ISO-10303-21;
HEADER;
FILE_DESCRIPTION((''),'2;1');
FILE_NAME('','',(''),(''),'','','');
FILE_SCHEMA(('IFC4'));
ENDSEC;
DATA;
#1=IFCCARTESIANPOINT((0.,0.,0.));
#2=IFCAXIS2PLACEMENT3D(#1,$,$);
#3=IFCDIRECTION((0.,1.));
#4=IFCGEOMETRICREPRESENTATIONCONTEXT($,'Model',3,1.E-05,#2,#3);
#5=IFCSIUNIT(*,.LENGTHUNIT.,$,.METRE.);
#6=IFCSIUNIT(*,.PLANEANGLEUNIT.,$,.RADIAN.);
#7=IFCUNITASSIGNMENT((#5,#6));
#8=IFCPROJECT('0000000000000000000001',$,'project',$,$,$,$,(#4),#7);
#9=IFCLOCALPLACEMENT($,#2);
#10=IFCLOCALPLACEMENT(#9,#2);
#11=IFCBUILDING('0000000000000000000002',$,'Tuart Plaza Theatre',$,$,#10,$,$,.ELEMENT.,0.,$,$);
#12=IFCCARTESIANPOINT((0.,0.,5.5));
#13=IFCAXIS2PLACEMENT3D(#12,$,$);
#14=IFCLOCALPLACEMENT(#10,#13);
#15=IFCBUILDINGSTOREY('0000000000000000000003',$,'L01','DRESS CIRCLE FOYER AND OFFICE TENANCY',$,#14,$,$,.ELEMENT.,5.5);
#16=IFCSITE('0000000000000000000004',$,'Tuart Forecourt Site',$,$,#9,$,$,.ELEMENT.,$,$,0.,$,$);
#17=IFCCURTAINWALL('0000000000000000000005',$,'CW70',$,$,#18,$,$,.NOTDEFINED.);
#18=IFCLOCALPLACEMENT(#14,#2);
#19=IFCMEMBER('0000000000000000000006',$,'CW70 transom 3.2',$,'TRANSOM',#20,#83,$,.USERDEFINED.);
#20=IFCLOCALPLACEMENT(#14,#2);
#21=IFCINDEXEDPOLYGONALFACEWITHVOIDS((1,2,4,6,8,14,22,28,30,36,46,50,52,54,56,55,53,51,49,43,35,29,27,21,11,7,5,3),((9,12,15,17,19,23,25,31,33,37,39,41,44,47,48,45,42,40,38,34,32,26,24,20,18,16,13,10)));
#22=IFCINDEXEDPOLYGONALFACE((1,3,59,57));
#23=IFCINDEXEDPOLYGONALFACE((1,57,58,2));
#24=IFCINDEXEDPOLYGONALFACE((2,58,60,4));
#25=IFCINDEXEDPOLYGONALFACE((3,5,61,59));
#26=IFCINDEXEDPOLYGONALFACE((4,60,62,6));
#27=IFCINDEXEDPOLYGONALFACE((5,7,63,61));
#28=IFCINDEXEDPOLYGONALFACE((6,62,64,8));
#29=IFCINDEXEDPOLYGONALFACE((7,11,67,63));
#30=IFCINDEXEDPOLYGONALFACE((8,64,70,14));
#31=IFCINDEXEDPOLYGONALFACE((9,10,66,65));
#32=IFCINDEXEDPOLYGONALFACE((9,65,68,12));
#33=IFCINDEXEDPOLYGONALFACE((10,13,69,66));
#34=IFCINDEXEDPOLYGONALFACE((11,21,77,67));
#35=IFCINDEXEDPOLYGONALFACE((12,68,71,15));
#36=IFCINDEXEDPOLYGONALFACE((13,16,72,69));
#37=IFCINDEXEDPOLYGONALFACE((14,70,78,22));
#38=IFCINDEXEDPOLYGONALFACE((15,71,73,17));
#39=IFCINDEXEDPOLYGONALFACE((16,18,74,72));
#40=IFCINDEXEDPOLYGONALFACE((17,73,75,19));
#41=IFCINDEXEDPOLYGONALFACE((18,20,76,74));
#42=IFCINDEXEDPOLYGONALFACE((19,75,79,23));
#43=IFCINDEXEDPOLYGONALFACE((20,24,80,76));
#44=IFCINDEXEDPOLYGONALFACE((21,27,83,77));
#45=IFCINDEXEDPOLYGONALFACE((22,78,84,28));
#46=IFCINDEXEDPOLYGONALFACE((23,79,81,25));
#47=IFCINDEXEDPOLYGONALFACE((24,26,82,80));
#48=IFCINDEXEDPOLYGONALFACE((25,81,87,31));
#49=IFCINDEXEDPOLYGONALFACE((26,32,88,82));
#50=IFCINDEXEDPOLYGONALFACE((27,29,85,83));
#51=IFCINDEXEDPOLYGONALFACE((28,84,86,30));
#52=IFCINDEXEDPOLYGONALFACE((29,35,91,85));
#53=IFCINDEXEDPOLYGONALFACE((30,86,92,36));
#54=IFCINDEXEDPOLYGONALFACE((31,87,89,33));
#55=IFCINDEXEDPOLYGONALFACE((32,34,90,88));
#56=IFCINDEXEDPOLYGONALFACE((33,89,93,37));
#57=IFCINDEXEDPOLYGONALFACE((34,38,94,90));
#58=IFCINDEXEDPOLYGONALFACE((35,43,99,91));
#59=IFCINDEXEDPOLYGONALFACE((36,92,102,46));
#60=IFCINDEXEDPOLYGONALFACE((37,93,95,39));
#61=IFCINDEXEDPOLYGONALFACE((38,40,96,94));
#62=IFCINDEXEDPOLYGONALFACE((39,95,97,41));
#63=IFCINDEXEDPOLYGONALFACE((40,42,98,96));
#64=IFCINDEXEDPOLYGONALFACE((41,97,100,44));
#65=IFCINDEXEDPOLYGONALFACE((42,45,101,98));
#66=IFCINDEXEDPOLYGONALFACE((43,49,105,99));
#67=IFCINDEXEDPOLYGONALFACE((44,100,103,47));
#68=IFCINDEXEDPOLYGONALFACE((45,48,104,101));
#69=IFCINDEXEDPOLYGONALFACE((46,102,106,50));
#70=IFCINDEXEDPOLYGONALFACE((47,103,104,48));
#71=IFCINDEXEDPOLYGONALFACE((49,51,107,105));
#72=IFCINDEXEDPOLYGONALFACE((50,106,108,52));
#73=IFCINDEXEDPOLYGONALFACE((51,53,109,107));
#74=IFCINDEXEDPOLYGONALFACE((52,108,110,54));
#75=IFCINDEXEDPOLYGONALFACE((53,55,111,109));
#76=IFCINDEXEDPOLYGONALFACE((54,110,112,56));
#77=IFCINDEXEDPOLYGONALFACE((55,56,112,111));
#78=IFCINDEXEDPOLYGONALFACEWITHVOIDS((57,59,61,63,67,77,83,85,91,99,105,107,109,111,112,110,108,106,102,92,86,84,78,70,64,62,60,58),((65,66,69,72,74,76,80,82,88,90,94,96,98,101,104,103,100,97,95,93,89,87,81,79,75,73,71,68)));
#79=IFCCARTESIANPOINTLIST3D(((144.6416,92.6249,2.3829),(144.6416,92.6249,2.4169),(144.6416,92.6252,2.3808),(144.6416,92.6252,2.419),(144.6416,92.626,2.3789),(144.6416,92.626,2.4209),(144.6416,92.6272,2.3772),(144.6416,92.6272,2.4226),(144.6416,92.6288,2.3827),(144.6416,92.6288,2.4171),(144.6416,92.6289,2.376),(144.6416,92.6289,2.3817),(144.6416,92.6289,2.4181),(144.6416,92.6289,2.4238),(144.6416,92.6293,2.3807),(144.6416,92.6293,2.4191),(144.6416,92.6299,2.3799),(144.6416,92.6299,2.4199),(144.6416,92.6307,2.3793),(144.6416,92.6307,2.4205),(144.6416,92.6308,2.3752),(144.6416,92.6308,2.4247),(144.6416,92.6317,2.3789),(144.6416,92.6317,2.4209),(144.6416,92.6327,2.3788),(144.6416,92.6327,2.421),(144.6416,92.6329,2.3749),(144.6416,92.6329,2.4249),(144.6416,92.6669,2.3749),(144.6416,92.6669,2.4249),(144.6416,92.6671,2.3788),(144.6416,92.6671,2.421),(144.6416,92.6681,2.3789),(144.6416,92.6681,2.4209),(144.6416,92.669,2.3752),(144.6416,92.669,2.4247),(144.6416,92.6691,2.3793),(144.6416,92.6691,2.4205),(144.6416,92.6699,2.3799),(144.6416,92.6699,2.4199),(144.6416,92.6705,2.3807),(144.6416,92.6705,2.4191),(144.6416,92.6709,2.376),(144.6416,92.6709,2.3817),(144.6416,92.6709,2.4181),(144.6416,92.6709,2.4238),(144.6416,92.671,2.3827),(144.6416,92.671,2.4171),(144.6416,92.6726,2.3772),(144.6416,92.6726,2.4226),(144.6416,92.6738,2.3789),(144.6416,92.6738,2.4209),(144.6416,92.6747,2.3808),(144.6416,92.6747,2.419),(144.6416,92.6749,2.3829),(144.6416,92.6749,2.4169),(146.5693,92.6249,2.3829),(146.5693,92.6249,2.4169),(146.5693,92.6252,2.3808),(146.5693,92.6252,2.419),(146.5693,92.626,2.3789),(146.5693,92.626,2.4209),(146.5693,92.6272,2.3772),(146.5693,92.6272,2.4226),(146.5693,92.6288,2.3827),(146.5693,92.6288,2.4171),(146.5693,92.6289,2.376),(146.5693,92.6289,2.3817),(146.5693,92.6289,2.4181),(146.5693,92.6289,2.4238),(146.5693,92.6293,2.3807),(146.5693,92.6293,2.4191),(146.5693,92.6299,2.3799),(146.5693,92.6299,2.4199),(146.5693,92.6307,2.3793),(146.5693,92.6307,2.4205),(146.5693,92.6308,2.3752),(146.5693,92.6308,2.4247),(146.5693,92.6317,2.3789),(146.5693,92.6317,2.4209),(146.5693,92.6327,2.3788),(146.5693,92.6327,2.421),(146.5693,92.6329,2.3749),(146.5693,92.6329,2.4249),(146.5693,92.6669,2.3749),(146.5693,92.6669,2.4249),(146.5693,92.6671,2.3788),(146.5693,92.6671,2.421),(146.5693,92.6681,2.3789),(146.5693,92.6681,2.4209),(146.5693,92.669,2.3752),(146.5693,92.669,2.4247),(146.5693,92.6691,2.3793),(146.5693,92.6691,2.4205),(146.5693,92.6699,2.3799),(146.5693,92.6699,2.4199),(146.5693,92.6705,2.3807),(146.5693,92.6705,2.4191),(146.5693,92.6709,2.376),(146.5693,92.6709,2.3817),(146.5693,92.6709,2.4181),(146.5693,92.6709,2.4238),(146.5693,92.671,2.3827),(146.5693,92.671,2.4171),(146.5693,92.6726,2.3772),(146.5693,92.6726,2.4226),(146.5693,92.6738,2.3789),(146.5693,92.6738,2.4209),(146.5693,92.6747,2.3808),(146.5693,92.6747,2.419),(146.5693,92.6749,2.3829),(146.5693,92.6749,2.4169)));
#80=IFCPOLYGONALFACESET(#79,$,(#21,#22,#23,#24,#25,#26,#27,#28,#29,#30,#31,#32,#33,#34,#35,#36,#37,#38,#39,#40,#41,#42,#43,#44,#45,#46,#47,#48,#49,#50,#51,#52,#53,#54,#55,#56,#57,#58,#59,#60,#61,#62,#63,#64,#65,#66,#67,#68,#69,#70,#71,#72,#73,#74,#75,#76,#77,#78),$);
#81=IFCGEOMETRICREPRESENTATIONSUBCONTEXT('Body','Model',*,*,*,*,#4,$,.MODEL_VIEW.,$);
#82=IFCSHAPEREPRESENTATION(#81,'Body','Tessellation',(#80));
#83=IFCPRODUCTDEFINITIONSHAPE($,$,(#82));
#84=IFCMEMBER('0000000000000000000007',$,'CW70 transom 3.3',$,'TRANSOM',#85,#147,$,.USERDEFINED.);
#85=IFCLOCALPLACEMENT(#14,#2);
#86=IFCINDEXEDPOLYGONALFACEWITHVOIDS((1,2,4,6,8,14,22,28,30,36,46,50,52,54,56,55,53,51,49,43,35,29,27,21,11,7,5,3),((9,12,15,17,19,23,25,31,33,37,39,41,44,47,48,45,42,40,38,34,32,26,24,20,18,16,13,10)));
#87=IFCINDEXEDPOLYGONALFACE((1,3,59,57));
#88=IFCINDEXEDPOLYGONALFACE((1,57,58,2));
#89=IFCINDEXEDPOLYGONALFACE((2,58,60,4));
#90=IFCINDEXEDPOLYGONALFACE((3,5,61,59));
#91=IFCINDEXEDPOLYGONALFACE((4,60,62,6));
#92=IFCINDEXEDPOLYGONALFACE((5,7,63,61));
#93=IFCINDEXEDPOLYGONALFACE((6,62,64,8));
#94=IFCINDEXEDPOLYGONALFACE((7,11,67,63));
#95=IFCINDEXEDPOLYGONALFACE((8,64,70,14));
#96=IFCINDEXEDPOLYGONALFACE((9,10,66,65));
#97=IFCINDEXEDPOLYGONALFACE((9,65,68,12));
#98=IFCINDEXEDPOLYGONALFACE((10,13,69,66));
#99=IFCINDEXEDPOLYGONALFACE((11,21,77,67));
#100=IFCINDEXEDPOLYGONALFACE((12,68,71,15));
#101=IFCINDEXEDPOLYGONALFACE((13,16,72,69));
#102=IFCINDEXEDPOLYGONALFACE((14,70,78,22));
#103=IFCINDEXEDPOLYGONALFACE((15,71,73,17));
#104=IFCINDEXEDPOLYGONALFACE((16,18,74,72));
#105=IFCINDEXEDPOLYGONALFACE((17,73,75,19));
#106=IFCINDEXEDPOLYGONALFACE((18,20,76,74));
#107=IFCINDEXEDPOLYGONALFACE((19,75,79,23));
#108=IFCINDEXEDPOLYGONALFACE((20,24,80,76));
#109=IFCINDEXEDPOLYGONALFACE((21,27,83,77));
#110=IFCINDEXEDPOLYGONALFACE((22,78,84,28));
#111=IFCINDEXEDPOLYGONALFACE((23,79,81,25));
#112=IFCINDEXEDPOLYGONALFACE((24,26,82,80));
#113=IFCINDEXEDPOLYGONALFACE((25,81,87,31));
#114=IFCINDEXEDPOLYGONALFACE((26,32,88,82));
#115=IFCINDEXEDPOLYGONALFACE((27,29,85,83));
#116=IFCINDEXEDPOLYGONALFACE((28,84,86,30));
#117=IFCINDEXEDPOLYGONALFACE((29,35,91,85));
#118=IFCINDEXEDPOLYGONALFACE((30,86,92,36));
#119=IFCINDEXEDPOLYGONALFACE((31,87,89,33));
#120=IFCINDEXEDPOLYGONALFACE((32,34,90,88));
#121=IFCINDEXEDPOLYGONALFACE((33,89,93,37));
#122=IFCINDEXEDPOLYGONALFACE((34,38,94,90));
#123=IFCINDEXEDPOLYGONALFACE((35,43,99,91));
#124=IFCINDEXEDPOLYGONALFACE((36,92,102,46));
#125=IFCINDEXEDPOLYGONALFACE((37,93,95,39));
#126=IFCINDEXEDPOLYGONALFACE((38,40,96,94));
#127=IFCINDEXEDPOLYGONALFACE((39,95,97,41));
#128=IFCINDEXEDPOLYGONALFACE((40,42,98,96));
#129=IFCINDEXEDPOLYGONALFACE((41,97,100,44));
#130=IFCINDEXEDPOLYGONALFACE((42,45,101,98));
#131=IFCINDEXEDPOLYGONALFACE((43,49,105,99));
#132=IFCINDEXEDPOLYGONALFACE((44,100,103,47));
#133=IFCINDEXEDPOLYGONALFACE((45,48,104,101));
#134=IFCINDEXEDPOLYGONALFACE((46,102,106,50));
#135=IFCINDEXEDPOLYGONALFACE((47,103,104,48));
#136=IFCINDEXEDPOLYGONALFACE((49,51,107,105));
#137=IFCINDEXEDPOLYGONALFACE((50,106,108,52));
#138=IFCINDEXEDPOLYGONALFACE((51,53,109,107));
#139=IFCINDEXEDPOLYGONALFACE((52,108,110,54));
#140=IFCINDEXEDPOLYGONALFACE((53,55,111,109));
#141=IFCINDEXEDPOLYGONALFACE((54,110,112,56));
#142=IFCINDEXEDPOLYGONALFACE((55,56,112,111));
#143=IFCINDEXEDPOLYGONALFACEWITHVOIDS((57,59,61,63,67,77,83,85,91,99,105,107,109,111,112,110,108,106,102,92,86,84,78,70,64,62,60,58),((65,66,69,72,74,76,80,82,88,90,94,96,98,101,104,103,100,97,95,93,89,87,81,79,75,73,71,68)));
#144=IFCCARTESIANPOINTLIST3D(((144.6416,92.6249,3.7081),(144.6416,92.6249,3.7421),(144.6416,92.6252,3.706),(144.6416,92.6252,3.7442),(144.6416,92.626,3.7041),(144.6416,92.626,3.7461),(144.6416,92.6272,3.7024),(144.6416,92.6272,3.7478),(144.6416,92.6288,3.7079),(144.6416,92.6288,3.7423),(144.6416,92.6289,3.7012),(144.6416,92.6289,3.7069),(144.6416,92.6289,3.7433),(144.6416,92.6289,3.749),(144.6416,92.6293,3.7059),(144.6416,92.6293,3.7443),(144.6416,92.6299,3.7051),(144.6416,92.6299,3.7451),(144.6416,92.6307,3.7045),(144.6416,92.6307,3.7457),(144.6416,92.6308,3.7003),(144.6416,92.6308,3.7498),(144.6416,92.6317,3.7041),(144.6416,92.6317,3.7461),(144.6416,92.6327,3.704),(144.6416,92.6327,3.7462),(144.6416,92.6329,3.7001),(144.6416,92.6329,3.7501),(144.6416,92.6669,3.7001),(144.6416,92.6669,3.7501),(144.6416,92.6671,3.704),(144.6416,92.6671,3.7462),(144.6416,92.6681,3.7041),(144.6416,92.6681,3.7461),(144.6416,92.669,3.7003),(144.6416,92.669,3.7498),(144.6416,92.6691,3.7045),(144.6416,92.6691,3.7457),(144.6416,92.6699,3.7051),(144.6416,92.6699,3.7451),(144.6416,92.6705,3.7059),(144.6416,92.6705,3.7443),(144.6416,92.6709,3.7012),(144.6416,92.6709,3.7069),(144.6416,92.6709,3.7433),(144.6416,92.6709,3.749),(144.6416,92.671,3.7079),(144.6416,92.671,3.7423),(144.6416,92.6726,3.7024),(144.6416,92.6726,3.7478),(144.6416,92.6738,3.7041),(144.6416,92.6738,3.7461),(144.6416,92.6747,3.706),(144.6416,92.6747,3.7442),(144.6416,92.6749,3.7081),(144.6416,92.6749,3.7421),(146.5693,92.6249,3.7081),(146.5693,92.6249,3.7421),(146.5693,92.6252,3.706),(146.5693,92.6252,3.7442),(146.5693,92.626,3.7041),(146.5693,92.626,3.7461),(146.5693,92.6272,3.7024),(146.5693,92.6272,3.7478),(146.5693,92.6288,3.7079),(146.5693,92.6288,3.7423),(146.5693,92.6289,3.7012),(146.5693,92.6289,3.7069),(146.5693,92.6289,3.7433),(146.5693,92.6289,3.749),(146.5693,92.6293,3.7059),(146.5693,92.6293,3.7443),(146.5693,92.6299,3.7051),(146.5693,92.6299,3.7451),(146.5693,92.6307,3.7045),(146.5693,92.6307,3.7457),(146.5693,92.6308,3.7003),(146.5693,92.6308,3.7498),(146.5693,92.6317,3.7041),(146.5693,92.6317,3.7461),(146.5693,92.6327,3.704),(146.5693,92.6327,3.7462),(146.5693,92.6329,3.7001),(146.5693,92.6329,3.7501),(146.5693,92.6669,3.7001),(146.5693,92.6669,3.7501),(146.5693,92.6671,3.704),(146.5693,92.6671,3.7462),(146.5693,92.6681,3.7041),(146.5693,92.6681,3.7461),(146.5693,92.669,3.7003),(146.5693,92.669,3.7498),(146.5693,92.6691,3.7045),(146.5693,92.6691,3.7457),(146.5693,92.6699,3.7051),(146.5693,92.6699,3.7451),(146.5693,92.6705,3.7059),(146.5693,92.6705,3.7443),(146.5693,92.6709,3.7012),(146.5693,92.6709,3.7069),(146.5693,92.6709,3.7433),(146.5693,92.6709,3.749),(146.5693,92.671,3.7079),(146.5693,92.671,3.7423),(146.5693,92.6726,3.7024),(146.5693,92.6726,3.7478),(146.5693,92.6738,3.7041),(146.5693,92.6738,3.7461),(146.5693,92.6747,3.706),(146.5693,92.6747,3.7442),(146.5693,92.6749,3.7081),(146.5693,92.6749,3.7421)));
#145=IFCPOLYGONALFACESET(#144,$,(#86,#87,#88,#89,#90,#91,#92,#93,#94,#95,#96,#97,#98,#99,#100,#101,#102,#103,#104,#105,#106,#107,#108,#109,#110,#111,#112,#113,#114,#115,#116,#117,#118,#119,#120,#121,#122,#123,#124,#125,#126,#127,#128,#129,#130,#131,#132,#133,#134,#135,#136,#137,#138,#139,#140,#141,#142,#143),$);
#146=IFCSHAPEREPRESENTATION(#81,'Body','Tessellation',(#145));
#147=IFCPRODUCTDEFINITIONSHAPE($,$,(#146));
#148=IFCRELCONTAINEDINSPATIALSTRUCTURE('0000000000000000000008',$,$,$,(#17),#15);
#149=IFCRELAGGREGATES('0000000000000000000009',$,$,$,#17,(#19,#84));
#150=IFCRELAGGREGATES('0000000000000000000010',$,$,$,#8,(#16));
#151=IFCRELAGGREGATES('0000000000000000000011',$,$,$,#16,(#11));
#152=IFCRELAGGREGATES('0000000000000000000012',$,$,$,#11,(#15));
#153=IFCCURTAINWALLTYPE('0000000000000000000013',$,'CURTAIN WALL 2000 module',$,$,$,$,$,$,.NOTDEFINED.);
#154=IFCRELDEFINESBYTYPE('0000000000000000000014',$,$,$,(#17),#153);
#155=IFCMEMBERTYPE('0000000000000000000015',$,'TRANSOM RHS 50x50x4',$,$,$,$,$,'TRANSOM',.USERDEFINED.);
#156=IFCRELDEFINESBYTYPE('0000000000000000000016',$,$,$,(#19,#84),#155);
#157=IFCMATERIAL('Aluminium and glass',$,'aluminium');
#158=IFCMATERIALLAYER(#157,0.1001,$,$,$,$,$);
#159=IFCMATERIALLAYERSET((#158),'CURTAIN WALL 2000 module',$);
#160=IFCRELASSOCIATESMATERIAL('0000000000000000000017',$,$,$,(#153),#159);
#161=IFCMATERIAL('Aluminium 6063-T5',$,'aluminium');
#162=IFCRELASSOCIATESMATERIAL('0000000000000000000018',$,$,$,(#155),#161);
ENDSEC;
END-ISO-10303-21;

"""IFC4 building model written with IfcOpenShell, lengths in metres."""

from ifc_helpers import new_model, si_unit, direction, frame, origin, origin_2d, place, context, subcontext, project, spatial, hollow_rectangle, extrude, material, layer, layer_set, material_profile, profile_set, type_object, element, aggregate, save


model = new_model("IFC4")

# Units and contexts
model_context = context("Model", 3, precision=1e-05, world=origin(), true_north=direction((0.0, 1.0)))
body_context = subcontext(model_context, "Body", "Model", "MODEL_VIEW")
ifc_project = project(units=[si_unit("LENGTHUNIT", "METRE"), si_unit("PLANEANGLEUNIT", "RADIAN")], contexts=[model_context])

# Site, building, storey
site_placement = place(None, origin())
site = spatial("IfcSite", under=ifc_project, at=site_placement, Name="Tuart Forecourt Site", CompositionType="ELEMENT", RefElevation=0.0)
building_placement = place(site_placement, origin())
building = spatial("IfcBuilding", under=site, at=building_placement, Name="Tuart Plaza Theatre", CompositionType="ELEMENT", ElevationOfRefHeight=0.0)
storey_placement = place(building_placement, frame((0.0, 0.0, 5.5)))
storey = spatial("IfcBuildingStorey", under=building, at=storey_placement, Name="L01", Description="DRESS CIRCLE FOYER AND OFFICE TENANCY", CompositionType="ELEMENT", Elevation=5.5)

# Curtain wall, members
ifc_material_1 = material(Name="Aluminium and glass", Category="aluminium")
ifc_layer_1 = layer(ifc_material_1, 0.1001)
ifc_layer_set_1 = layer_set([ifc_layer_1], Name="CURTAIN WALL 2000 module")
curtain_wall_type = type_object("IfcCurtainWallType", Name="CURTAIN WALL 2000 module", PredefinedType="NOTDEFINED", material=ifc_layer_set_1)
curtain_wall_placement = place(storey_placement, origin())
curtain_wall = element("IfcCurtainWall", 1, at=curtain_wall_placement, inside=storey, type_object=curtain_wall_type, Name="CW70", PredefinedType="NOTDEFINED")
ifc_material_2 = material(Name="Aluminium 6063-T5", Category="aluminium")
ifc_material_profile_1 = material_profile(ifc_material_2, hollow_rectangle(XDim=0.05, YDim=0.05, WallThickness=0.0039, InnerFilletRadius=0.0039, OuterFilletRadius=0.0081, at=origin_2d()), Name="RHS 50x50x4")
ifc_profile_set_1 = profile_set([ifc_material_profile_1], Name="Aluminium 6063-T5")
member_type_1 = type_object("IfcMemberType", Name="TRANSOM RHS 50x50x4", ElementType="TRANSOM", PredefinedType="USERDEFINED", material=ifc_profile_set_1)
member_1_placement = place(storey_placement, frame((146.5693, 92.6499, 2.3999), z_axis=(-1.0, 0.0, 0.0), x_axis=(0.0, -1.0, 0.0)))
member_1 = element("IfcMember", 2, at=member_1_placement, type_object=member_type_1, Name="CW70 transom 3.2", ObjectType="TRANSOM", PredefinedType="USERDEFINED", context=body_context, shape_type="SweptSolid", body=[
    extrude(hollow_rectangle(XDim=0.05, YDim=0.05, WallThickness=0.0039, InnerFilletRadius=0.0039, OuterFilletRadius=0.0081, at=origin_2d()), origin(), (0.0, 0.0, 1.0), 1.9277),
])
member_2_placement = place(storey_placement, frame((146.5693, 92.6499, 3.7251), z_axis=(-1.0, 0.0, 0.0), x_axis=(0.0, -1.0, 0.0)))
member_2 = element("IfcMember", 3, at=member_2_placement, type_object=member_type_1, Name="CW70 transom 3.3", ObjectType="TRANSOM", PredefinedType="USERDEFINED", context=body_context, shape_type="SweptSolid", body=[
    extrude(hollow_rectangle(XDim=0.05, YDim=0.05, WallThickness=0.0039, InnerFilletRadius=0.0039, OuterFilletRadius=0.0081, at=origin_2d()), origin(), (0.0, 0.0, 1.0), 1.9277),
])
aggregate(curtain_wall, [member_1, member_2])

save(model, "model.ifc")
